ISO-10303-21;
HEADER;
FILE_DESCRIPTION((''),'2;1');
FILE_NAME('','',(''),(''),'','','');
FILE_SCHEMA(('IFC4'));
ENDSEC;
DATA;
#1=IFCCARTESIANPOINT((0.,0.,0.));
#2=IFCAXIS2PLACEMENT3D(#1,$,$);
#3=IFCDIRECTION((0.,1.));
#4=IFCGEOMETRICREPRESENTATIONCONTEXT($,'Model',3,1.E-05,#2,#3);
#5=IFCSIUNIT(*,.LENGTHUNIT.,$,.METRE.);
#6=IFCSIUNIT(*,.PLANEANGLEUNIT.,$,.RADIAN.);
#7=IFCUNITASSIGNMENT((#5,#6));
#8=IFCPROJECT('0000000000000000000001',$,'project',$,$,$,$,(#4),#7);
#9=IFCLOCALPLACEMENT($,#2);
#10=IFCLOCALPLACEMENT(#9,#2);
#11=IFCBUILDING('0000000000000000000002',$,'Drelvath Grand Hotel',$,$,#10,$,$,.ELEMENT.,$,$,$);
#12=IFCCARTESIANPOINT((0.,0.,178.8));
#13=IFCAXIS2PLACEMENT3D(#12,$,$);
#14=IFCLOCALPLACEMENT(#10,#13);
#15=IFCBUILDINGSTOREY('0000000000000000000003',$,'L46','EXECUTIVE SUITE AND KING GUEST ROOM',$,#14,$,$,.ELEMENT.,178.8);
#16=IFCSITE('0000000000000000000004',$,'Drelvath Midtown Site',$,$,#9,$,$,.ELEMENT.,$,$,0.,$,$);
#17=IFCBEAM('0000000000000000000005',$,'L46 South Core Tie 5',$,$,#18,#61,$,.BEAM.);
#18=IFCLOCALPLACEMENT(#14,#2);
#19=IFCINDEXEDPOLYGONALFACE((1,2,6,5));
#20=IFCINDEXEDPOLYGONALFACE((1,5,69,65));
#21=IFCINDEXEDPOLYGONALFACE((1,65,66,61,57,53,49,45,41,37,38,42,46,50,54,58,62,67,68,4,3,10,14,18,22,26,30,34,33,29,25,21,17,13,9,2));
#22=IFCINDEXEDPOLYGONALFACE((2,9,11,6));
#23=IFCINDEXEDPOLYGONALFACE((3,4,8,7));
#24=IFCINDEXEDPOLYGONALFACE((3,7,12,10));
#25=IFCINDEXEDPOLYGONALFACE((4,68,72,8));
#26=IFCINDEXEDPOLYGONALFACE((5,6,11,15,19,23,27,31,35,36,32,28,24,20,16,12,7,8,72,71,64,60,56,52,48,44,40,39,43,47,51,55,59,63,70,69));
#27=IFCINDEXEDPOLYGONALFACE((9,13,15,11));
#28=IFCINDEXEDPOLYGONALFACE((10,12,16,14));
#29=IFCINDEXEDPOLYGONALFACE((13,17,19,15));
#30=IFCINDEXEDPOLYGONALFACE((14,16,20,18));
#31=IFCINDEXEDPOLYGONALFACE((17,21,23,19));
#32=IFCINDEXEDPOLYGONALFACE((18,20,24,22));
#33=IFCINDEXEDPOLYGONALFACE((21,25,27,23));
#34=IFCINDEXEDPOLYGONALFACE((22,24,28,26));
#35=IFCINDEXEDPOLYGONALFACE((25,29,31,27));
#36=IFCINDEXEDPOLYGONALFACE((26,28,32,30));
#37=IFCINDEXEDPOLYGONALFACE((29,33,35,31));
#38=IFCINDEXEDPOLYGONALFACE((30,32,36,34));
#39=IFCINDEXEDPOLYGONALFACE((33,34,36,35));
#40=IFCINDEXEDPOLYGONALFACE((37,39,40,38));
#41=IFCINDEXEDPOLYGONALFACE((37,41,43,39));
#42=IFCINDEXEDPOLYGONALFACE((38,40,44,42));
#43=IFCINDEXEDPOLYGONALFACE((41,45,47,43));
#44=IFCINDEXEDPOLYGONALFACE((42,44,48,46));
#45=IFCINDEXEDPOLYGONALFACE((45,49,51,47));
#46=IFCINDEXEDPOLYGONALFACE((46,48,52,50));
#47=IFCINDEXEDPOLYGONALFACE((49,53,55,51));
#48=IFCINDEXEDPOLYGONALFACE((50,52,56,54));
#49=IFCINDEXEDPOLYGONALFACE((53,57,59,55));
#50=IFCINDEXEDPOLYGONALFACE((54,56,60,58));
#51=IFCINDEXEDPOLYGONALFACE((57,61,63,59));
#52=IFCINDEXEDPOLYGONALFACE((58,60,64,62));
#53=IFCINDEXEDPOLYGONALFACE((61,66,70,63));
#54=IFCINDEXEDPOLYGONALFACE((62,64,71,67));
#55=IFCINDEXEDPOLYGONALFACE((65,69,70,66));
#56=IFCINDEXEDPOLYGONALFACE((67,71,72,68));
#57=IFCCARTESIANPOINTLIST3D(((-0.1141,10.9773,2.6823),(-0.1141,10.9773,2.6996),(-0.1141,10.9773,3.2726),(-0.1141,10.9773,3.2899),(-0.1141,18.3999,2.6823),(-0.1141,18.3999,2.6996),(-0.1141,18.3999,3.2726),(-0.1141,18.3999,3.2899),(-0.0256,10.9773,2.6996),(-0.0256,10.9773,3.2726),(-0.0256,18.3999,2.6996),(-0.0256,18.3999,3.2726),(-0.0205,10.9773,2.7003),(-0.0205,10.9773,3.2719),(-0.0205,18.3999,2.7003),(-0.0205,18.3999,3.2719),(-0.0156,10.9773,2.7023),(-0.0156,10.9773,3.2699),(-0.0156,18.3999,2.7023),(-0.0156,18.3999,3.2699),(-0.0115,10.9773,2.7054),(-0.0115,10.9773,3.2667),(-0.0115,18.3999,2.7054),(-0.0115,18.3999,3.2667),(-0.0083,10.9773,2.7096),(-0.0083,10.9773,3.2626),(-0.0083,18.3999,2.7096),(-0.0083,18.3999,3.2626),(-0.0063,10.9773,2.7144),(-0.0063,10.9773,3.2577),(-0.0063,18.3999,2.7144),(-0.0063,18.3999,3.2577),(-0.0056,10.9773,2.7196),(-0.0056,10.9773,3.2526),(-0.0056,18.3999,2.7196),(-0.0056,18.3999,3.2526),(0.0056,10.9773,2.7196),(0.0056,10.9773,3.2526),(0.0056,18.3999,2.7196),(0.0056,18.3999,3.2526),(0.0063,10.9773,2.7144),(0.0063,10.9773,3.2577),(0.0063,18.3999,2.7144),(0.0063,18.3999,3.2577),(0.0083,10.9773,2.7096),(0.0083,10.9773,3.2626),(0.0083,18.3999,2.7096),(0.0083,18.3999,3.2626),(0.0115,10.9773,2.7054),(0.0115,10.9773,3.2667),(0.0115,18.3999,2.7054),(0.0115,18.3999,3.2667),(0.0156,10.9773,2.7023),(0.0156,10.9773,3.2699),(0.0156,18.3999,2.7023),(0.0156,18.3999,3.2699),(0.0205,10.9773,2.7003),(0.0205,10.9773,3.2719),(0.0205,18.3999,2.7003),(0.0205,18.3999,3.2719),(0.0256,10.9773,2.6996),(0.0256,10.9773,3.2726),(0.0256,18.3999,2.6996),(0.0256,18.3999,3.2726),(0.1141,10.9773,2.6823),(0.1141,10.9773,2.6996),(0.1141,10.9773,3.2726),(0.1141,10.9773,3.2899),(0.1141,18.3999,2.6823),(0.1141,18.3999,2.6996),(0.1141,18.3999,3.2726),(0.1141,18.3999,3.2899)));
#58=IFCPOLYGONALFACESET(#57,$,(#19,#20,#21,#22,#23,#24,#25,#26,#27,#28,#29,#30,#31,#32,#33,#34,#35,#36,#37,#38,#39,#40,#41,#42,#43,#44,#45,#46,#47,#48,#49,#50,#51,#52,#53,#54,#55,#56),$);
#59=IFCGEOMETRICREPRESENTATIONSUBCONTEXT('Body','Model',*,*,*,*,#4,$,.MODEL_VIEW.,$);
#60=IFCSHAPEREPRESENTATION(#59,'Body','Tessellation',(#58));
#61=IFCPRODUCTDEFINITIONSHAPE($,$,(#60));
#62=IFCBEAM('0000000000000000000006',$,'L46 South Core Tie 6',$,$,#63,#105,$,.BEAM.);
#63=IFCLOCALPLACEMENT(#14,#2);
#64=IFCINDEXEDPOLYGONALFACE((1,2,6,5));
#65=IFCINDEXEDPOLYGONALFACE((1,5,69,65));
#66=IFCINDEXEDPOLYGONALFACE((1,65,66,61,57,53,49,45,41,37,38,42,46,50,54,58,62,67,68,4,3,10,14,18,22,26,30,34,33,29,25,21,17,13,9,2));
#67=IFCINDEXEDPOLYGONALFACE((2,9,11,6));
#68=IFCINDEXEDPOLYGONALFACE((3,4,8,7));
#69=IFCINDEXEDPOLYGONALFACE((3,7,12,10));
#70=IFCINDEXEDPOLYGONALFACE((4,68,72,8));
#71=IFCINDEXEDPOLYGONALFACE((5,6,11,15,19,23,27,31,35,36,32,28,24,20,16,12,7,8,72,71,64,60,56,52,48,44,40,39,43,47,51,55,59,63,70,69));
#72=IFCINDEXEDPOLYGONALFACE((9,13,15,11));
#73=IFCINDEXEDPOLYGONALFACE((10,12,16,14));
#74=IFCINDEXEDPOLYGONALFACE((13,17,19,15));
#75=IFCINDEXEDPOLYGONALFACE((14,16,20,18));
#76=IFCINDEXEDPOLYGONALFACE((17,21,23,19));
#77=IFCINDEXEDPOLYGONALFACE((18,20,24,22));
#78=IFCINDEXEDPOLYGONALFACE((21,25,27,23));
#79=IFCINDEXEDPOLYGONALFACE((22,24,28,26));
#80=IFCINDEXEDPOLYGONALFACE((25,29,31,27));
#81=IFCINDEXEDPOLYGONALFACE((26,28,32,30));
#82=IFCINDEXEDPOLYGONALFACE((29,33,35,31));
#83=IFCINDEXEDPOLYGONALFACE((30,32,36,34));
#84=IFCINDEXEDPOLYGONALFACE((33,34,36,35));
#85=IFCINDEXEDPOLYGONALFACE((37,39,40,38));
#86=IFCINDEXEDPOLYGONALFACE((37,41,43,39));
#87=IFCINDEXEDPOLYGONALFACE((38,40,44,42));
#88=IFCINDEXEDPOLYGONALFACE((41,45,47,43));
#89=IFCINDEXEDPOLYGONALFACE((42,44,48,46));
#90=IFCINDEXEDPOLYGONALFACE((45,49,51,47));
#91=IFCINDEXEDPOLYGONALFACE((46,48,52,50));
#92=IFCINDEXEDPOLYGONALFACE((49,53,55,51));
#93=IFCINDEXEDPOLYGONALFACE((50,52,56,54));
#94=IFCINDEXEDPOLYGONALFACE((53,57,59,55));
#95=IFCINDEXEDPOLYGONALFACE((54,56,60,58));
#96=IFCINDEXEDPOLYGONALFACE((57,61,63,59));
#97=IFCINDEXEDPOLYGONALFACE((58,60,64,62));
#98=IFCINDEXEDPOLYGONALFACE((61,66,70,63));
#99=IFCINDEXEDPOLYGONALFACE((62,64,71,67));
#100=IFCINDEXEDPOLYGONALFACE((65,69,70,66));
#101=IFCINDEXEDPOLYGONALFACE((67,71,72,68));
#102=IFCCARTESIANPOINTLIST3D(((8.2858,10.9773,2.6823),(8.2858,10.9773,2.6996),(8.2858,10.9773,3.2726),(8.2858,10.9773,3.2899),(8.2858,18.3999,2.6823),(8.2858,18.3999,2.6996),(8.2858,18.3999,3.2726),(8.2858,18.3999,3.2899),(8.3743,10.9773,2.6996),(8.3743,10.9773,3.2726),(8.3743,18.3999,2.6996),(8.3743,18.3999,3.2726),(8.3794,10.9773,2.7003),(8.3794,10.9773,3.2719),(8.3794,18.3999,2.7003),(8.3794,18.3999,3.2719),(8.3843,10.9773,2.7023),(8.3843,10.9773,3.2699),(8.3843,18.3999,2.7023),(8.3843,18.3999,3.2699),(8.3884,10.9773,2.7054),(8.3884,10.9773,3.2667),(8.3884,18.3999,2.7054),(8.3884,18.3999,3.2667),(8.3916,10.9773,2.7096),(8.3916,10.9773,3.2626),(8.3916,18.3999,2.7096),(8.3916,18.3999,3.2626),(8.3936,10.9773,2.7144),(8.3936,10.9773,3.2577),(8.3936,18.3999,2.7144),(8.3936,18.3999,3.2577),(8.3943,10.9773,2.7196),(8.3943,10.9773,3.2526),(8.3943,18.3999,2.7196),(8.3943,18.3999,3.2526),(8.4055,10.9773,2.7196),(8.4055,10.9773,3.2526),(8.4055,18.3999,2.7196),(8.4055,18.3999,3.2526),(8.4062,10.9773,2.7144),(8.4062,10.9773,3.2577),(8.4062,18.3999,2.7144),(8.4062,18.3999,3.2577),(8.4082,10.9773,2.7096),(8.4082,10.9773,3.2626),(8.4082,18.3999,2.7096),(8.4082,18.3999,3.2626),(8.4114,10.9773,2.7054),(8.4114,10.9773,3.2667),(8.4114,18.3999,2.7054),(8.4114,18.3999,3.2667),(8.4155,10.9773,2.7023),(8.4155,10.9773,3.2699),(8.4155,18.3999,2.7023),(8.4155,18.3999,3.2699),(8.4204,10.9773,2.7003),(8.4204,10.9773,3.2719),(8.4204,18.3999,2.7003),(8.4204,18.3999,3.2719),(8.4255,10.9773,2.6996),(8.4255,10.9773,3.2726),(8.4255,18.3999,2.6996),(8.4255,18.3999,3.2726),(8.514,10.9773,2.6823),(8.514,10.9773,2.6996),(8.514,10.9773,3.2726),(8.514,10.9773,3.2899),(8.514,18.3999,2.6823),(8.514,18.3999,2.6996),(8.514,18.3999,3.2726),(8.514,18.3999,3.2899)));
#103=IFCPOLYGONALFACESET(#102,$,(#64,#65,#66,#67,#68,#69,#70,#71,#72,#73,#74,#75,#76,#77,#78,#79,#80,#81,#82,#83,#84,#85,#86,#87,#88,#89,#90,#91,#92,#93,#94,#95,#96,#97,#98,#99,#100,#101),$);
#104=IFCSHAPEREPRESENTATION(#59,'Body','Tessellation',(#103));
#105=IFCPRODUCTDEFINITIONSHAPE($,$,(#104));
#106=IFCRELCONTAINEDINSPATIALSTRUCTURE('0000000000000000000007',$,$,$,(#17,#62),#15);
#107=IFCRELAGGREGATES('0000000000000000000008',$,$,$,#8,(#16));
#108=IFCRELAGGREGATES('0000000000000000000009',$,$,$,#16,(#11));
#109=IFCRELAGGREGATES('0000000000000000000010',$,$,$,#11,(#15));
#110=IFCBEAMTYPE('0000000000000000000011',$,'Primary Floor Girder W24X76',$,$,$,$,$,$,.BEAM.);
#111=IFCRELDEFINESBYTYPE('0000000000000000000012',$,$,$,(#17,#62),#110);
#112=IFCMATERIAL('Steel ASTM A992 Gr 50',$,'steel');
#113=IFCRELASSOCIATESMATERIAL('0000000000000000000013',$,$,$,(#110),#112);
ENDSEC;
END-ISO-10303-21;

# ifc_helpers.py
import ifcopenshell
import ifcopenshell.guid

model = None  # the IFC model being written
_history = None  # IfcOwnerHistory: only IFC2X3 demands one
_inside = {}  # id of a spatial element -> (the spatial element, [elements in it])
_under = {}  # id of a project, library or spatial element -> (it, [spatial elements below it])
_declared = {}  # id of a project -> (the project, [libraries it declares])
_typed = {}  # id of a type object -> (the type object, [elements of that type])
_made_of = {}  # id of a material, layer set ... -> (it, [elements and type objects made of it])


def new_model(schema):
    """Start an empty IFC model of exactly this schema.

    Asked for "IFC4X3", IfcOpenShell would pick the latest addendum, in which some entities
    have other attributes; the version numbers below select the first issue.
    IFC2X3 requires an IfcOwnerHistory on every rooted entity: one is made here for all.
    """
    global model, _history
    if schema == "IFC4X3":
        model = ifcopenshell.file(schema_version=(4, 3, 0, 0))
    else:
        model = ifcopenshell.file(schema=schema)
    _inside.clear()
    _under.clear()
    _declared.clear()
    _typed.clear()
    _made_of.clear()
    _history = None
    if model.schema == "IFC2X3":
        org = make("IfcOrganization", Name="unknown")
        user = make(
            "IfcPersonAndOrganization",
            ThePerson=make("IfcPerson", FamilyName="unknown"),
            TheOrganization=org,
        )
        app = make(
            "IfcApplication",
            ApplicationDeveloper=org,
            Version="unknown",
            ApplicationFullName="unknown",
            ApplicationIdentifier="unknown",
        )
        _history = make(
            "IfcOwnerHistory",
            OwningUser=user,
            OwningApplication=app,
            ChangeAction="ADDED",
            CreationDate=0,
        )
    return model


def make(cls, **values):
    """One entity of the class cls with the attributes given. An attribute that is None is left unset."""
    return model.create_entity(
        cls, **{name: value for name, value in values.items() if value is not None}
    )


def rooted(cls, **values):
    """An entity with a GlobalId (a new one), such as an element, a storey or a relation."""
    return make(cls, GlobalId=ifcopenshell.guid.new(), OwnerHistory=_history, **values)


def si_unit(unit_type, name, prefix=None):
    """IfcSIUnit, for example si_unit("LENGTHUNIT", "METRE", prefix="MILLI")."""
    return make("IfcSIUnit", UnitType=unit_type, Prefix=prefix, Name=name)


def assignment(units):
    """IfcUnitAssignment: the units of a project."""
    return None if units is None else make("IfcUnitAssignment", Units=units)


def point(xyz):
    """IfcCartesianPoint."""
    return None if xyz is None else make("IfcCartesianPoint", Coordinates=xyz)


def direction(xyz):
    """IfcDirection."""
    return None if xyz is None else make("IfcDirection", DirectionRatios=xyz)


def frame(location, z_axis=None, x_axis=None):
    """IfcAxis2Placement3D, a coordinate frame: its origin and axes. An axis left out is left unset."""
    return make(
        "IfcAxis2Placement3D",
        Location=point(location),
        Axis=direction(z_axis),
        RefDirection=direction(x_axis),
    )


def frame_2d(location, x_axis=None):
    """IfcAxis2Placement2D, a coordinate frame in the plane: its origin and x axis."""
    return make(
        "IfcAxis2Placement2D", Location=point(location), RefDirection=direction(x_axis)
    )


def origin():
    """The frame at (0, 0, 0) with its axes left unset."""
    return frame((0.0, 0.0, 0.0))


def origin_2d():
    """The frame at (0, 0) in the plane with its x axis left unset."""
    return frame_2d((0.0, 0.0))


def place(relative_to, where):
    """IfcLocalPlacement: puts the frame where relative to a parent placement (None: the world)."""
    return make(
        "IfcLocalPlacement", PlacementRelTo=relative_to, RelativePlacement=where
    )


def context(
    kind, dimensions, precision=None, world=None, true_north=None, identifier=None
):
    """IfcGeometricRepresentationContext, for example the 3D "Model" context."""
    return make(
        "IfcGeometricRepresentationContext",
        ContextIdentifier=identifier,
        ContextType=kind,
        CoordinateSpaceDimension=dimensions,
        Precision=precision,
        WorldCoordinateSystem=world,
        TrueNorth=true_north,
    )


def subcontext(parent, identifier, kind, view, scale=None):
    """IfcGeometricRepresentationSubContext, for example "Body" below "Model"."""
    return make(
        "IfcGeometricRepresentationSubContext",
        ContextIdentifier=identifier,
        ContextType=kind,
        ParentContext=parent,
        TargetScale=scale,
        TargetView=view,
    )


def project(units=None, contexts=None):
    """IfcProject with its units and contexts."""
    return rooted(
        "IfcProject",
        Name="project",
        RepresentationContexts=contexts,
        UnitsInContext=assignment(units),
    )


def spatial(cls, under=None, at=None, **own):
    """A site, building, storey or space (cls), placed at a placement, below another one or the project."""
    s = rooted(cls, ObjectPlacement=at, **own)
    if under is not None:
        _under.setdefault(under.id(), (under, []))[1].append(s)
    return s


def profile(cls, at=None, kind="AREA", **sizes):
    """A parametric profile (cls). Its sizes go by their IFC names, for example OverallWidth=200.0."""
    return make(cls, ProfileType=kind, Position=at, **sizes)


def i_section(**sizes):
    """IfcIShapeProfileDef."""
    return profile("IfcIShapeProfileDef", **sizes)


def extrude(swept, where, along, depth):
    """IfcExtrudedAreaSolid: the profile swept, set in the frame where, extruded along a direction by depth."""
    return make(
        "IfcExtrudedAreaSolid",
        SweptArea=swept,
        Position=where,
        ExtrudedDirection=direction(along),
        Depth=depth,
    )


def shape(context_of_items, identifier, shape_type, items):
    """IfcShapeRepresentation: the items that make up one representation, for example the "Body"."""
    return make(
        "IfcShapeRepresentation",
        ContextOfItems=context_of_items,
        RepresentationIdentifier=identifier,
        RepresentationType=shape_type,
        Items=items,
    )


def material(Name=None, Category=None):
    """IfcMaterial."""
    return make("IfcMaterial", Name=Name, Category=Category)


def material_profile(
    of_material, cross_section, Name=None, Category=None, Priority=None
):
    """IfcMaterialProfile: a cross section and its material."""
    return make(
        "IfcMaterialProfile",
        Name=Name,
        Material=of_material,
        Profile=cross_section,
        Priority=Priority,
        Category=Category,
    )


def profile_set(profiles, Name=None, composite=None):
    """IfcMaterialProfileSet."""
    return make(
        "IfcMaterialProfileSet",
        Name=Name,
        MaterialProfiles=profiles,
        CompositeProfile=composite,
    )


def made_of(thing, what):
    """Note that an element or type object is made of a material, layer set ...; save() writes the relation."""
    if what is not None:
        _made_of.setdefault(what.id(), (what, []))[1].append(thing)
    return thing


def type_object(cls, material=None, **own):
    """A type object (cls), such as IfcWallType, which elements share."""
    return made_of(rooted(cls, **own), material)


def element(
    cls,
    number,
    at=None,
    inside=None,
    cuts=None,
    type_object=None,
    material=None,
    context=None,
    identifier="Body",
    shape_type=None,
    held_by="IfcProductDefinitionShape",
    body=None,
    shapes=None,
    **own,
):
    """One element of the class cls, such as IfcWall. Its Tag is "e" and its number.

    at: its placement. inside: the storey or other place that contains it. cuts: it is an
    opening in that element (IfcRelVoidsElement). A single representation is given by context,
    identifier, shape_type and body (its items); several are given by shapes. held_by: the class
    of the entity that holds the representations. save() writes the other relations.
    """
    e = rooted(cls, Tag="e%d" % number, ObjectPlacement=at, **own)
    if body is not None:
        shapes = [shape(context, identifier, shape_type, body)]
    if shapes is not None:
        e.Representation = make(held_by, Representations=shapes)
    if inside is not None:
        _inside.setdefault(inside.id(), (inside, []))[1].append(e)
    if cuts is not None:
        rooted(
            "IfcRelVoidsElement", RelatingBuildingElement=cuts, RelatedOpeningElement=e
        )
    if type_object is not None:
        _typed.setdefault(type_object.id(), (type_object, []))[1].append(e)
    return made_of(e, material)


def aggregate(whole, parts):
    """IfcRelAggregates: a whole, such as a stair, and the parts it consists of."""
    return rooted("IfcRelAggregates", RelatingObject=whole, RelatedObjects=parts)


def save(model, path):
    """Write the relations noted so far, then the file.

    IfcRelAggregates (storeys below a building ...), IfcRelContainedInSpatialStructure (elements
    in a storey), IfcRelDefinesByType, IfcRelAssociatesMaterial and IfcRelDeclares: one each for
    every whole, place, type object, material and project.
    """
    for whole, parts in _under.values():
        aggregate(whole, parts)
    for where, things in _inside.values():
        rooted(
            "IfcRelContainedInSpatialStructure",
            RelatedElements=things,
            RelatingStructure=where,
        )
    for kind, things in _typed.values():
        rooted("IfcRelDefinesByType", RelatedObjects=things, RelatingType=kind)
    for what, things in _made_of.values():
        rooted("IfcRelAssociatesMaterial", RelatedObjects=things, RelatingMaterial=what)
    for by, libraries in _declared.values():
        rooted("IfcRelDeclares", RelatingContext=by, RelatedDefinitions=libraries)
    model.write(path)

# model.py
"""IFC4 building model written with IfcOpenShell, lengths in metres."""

from ifc_helpers import new_model, si_unit, direction, frame, origin, origin_2d, place, context, subcontext, project, spatial, i_section, extrude, material, material_profile, profile_set, type_object, element, save


model = new_model("IFC4")

# Units and contexts
model_context = context("Model", 3, precision=1e-05, world=origin(), true_north=direction((0.0, 1.0)))
body_context = subcontext(model_context, "Body", "Model", "MODEL_VIEW")
ifc_project = project(units=[si_unit("LENGTHUNIT", "METRE"), si_unit("PLANEANGLEUNIT", "RADIAN")], contexts=[model_context])

# Site, building, storey
site_placement = place(None, origin())
site = spatial("IfcSite", under=ifc_project, at=site_placement, Name="Drelvath Midtown Site", CompositionType="ELEMENT", RefElevation=0.0)
building_placement = place(site_placement, origin())
building = spatial("IfcBuilding", under=site, at=building_placement, Name="Drelvath Grand Hotel", CompositionType="ELEMENT")
storey_placement = place(building_placement, frame((0.0, 0.0, 178.8)))
storey = spatial("IfcBuildingStorey", under=building, at=storey_placement, Name="L46", Description="EXECUTIVE SUITE AND KING GUEST ROOM", CompositionType="ELEMENT", Elevation=178.8)

# Beams
ifc_material_1 = material(Name="Steel ASTM A992 Gr 50", Category="steel")
ifc_material_profile = material_profile(ifc_material_1, i_section(OverallWidth=0.2283, OverallDepth=0.6077, WebThickness=0.0112, FlangeThickness=0.0173, FilletRadius=0.02, at=origin_2d()), Name="W24X76")
ifc_profile_set = profile_set([ifc_material_profile], Name="Steel ASTM A992 Gr 50")
beam_type = type_object("IfcBeamType", Name="Primary Floor Girder W24X76", PredefinedType="BEAM", material=ifc_profile_set)
for number, where, z_axis, x_axis, name in (
    (1, (0.0, 10.9773, 2.9861), (0.0, 1.0, 0.0), (-1.0, 0.0, 0.0), "L46 South Core Tie 5"),
    (2, (8.3999, 10.9773, 2.9861), (0.0, 1.0, 0.0), (-1.0, 0.0, 0.0), "L46 South Core Tie 6"),
):
    element("IfcBeam", number, at=place(storey_placement, frame(where, z_axis=z_axis, x_axis=x_axis)), inside=storey, type_object=beam_type, Name=name, PredefinedType="BEAM", context=body_context, shape_type="SweptSolid", body=[
        extrude(i_section(OverallWidth=0.2283, OverallDepth=0.6077, WebThickness=0.0112, FlangeThickness=0.0173, FilletRadius=0.02, at=origin_2d()), origin(), (0.0, 0.0, 1.0), 7.4226),
    ])

save(model, "model.ifc")
